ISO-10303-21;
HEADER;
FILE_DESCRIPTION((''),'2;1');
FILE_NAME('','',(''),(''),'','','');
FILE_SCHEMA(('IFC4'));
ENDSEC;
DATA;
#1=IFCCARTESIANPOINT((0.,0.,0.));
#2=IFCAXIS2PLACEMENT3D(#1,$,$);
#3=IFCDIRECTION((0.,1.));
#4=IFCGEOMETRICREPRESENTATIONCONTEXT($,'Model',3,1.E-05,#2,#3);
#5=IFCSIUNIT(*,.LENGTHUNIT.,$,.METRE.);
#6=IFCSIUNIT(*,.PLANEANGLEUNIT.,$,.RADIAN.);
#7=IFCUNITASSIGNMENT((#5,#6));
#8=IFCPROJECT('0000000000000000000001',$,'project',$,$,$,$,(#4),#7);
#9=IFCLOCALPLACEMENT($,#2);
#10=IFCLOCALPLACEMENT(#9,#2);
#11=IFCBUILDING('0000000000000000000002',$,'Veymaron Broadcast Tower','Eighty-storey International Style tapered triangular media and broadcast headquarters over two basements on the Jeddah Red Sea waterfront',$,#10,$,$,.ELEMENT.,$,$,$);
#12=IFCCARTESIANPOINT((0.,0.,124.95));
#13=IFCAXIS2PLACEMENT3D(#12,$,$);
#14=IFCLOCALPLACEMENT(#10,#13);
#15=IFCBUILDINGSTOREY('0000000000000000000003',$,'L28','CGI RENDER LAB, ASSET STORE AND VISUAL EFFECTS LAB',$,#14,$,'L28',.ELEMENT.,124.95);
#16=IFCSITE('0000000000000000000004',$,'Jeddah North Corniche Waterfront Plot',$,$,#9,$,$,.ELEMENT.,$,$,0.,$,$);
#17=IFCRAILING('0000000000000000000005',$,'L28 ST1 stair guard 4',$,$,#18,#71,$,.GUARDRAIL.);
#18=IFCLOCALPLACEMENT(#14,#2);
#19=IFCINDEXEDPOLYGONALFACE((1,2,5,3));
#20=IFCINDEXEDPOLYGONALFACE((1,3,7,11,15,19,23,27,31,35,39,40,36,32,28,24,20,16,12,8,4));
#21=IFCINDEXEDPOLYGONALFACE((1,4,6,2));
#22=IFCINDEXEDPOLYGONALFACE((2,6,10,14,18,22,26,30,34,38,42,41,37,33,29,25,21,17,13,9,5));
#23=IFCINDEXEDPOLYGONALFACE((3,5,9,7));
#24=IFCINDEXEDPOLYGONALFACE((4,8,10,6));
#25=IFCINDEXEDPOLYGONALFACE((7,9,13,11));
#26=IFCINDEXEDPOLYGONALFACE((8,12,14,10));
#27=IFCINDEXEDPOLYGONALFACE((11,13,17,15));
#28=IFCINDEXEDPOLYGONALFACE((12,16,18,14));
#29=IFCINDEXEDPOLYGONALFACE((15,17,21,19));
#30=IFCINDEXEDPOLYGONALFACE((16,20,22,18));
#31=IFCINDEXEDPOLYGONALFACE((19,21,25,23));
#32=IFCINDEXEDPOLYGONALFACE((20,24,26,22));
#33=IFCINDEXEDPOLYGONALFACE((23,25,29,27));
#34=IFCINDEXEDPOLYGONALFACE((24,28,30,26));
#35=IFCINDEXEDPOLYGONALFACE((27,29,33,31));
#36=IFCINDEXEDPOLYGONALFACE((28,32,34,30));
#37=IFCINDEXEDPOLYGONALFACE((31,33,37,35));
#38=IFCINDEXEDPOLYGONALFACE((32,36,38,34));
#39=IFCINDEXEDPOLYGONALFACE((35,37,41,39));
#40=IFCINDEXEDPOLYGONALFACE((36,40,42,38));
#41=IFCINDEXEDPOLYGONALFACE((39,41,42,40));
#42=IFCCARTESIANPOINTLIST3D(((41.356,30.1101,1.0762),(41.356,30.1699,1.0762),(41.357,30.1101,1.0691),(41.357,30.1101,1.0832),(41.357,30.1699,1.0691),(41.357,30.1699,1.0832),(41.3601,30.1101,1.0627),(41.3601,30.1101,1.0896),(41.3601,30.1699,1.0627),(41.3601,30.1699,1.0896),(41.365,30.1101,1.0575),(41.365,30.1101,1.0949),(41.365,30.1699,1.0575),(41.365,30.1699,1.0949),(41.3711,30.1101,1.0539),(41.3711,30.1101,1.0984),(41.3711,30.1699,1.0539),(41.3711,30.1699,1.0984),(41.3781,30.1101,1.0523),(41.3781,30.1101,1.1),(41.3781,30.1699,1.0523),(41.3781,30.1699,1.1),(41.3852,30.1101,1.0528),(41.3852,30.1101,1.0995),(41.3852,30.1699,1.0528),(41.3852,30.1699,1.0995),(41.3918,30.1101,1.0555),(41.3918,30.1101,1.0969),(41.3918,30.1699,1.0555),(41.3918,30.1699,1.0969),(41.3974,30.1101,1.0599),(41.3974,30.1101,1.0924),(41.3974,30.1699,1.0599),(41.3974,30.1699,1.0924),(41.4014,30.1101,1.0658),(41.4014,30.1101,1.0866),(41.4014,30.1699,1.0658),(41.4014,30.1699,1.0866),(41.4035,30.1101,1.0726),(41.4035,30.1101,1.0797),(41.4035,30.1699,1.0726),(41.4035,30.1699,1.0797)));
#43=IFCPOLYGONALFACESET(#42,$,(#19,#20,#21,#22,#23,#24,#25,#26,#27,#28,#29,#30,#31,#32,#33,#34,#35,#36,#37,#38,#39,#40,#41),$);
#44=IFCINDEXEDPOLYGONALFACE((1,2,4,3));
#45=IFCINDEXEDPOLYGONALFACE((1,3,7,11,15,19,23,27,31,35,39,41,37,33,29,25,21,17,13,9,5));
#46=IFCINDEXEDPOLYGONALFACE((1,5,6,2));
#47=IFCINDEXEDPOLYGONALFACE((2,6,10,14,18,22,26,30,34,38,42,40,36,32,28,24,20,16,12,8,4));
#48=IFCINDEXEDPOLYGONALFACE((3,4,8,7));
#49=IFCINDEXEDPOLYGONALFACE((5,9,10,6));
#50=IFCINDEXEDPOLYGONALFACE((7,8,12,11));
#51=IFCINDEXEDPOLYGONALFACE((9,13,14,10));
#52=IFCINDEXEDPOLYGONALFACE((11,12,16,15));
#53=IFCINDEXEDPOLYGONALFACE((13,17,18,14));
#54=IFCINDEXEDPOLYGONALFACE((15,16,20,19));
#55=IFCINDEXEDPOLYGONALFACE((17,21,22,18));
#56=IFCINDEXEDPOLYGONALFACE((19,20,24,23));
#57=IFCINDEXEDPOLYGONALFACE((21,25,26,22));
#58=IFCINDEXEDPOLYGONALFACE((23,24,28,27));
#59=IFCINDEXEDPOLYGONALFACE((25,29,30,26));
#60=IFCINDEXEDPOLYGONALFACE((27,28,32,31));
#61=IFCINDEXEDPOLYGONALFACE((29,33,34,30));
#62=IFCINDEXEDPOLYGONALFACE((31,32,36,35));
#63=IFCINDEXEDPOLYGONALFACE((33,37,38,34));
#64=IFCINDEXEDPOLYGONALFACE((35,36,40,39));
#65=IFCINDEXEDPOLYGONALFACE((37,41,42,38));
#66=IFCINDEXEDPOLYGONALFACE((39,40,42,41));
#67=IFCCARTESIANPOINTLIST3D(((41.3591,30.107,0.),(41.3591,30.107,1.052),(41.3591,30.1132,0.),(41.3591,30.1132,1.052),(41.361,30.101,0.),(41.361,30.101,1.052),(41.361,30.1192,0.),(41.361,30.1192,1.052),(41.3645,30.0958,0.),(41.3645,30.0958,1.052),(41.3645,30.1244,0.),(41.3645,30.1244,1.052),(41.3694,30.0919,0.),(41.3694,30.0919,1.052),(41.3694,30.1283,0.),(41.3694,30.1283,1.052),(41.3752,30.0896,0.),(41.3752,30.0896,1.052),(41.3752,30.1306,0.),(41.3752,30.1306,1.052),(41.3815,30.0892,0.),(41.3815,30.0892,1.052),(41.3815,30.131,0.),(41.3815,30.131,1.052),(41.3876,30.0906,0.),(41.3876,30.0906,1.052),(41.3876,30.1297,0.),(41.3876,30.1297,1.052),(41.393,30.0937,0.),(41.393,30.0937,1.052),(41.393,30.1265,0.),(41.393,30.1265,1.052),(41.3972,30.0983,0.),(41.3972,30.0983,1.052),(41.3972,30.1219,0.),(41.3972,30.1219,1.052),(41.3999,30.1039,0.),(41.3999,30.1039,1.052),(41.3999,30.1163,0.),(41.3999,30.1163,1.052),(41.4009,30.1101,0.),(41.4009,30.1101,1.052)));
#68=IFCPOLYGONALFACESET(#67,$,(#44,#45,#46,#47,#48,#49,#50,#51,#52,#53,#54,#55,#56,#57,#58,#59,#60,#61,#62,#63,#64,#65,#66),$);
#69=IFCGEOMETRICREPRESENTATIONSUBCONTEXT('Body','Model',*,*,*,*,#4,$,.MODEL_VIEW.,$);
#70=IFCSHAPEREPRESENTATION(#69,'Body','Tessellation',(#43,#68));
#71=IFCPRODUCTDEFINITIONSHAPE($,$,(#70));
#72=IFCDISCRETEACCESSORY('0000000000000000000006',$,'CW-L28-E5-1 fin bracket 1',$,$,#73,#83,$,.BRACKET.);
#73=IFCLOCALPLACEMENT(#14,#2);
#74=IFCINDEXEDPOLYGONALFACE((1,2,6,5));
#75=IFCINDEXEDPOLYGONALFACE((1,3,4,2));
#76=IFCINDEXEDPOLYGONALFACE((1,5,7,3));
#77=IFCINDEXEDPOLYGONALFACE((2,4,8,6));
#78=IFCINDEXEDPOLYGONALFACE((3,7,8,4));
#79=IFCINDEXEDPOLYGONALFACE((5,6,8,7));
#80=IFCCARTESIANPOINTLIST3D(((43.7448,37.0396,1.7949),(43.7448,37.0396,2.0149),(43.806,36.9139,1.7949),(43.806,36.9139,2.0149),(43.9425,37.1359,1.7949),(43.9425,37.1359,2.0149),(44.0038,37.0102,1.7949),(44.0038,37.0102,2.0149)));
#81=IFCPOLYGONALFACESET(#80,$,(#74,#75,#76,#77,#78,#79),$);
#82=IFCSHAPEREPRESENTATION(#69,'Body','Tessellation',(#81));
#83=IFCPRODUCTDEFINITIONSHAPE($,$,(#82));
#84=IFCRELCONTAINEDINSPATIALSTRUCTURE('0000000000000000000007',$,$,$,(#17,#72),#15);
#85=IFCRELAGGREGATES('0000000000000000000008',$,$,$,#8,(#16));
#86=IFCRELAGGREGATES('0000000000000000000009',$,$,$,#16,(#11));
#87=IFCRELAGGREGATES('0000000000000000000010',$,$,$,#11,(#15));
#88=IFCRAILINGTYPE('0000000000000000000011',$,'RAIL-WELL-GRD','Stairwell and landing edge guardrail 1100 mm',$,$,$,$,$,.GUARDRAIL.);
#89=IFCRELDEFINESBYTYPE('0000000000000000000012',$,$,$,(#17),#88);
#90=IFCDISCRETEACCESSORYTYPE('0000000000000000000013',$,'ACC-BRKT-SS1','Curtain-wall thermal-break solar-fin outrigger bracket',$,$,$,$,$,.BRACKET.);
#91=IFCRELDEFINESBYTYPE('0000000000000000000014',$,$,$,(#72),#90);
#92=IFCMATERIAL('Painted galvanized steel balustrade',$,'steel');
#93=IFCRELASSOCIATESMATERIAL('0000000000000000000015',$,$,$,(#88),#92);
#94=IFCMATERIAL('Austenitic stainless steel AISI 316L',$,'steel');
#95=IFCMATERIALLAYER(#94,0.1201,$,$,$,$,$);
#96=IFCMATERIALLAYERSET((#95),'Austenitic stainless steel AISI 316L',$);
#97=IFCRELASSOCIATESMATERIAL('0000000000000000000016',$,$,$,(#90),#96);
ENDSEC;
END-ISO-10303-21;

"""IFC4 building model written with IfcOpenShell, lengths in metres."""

from ifc_helpers import new_model, si_unit, direction, frame, origin, origin_2d, place, context, subcontext, project, spatial, rectangle, circle, extrude, material, layer, layer_set, type_object, element, save


model = new_model("IFC4")

# Units and contexts
model_context = context("Model", 3, precision=1e-05, world=origin(), true_north=direction((0.0, 1.0)))
body_context = subcontext(model_context, "Body", "Model", "MODEL_VIEW")
ifc_project = project(units=[si_unit("LENGTHUNIT", "METRE"), si_unit("PLANEANGLEUNIT", "RADIAN")], contexts=[model_context])

# Site, building, storey
site_placement = place(None, origin())
site = spatial("IfcSite", under=ifc_project, at=site_placement, Name="Jeddah North Corniche Waterfront Plot", CompositionType="ELEMENT", RefElevation=0.0)
building_placement = place(site_placement, origin())
building = spatial("IfcBuilding", under=site, at=building_placement, Name="Veymaron Broadcast Tower", Description="Eighty-storey International Style tapered triangular media and broadcast headquarters over two basements on the Jeddah Red Sea waterfront", CompositionType="ELEMENT")
storey_placement = place(building_placement, frame((0.0, 0.0, 124.95)))
storey = spatial("IfcBuildingStorey", under=building, at=storey_placement, Name="L28", Description="CGI RENDER LAB, ASSET STORE AND VISUAL EFFECTS LAB", LongName="L28", CompositionType="ELEMENT", Elevation=124.95)

# Railing
ifc_material_1 = material(Name="Painted galvanized steel balustrade", Category="steel")
railing_type_1 = type_object("IfcRailingType", Name="RAIL-WELL-GRD", Description="Stairwell and landing edge guardrail 1100 mm", PredefinedType="GUARDRAIL", material=ifc_material_1)
railing_1_placement = place(storey_placement, frame((41.3799, 30.1101, 0.0)))
element("IfcRailing", 1, at=railing_1_placement, inside=storey, type_object=railing_type_1, Name="L28 ST1 stair guard 4", PredefinedType="GUARDRAIL", context=body_context, shape_type="SweptSolid", body=[
    extrude(circle(Radius=0.0239, at=origin_2d()), frame((0.0, 0.0, 1.0762), z_axis=(0.0, 1.0, 0.0), x_axis=(-1.0, 0.0, 0.0)), (0.0, 0.0, 1.0), 0.0598),
    extrude(circle(Radius=0.021, at=origin_2d()), origin(), (0.0, 0.0, 1.0), 1.052),
])

# Discrete accessory
ifc_material_2 = material(Name="Austenitic stainless steel AISI 316L", Category="steel")
ifc_layer_1 = layer(ifc_material_2, 0.1201)
ifc_layer_set_1 = layer_set([ifc_layer_1], Name="Austenitic stainless steel AISI 316L")
discrete_accessory_type = type_object("IfcDiscreteAccessoryType", Name="ACC-BRKT-SS1", Description="Curtain-wall thermal-break solar-fin outrigger bracket", PredefinedType="BRACKET", material=ifc_layer_set_1)
discrete_accessory_placement = place(storey_placement, frame((43.8743, 37.0249, 1.7949), z_axis=(0.0, 0.0, 1.0), x_axis=(0.899062, 0.437822, 0.0)))
element("IfcDiscreteAccessory", 2, at=discrete_accessory_placement, inside=storey, type_object=discrete_accessory_type, Name="CW-L28-E5-1 fin bracket 1", PredefinedType="BRACKET", context=body_context, shape_type="SweptSolid", body=[
    extrude(rectangle(XDim=0.22, YDim=0.1399, at=origin_2d()), origin(), (0.0, 0.0, 1.0), 0.22),
])

save(model, "model.ifc")
